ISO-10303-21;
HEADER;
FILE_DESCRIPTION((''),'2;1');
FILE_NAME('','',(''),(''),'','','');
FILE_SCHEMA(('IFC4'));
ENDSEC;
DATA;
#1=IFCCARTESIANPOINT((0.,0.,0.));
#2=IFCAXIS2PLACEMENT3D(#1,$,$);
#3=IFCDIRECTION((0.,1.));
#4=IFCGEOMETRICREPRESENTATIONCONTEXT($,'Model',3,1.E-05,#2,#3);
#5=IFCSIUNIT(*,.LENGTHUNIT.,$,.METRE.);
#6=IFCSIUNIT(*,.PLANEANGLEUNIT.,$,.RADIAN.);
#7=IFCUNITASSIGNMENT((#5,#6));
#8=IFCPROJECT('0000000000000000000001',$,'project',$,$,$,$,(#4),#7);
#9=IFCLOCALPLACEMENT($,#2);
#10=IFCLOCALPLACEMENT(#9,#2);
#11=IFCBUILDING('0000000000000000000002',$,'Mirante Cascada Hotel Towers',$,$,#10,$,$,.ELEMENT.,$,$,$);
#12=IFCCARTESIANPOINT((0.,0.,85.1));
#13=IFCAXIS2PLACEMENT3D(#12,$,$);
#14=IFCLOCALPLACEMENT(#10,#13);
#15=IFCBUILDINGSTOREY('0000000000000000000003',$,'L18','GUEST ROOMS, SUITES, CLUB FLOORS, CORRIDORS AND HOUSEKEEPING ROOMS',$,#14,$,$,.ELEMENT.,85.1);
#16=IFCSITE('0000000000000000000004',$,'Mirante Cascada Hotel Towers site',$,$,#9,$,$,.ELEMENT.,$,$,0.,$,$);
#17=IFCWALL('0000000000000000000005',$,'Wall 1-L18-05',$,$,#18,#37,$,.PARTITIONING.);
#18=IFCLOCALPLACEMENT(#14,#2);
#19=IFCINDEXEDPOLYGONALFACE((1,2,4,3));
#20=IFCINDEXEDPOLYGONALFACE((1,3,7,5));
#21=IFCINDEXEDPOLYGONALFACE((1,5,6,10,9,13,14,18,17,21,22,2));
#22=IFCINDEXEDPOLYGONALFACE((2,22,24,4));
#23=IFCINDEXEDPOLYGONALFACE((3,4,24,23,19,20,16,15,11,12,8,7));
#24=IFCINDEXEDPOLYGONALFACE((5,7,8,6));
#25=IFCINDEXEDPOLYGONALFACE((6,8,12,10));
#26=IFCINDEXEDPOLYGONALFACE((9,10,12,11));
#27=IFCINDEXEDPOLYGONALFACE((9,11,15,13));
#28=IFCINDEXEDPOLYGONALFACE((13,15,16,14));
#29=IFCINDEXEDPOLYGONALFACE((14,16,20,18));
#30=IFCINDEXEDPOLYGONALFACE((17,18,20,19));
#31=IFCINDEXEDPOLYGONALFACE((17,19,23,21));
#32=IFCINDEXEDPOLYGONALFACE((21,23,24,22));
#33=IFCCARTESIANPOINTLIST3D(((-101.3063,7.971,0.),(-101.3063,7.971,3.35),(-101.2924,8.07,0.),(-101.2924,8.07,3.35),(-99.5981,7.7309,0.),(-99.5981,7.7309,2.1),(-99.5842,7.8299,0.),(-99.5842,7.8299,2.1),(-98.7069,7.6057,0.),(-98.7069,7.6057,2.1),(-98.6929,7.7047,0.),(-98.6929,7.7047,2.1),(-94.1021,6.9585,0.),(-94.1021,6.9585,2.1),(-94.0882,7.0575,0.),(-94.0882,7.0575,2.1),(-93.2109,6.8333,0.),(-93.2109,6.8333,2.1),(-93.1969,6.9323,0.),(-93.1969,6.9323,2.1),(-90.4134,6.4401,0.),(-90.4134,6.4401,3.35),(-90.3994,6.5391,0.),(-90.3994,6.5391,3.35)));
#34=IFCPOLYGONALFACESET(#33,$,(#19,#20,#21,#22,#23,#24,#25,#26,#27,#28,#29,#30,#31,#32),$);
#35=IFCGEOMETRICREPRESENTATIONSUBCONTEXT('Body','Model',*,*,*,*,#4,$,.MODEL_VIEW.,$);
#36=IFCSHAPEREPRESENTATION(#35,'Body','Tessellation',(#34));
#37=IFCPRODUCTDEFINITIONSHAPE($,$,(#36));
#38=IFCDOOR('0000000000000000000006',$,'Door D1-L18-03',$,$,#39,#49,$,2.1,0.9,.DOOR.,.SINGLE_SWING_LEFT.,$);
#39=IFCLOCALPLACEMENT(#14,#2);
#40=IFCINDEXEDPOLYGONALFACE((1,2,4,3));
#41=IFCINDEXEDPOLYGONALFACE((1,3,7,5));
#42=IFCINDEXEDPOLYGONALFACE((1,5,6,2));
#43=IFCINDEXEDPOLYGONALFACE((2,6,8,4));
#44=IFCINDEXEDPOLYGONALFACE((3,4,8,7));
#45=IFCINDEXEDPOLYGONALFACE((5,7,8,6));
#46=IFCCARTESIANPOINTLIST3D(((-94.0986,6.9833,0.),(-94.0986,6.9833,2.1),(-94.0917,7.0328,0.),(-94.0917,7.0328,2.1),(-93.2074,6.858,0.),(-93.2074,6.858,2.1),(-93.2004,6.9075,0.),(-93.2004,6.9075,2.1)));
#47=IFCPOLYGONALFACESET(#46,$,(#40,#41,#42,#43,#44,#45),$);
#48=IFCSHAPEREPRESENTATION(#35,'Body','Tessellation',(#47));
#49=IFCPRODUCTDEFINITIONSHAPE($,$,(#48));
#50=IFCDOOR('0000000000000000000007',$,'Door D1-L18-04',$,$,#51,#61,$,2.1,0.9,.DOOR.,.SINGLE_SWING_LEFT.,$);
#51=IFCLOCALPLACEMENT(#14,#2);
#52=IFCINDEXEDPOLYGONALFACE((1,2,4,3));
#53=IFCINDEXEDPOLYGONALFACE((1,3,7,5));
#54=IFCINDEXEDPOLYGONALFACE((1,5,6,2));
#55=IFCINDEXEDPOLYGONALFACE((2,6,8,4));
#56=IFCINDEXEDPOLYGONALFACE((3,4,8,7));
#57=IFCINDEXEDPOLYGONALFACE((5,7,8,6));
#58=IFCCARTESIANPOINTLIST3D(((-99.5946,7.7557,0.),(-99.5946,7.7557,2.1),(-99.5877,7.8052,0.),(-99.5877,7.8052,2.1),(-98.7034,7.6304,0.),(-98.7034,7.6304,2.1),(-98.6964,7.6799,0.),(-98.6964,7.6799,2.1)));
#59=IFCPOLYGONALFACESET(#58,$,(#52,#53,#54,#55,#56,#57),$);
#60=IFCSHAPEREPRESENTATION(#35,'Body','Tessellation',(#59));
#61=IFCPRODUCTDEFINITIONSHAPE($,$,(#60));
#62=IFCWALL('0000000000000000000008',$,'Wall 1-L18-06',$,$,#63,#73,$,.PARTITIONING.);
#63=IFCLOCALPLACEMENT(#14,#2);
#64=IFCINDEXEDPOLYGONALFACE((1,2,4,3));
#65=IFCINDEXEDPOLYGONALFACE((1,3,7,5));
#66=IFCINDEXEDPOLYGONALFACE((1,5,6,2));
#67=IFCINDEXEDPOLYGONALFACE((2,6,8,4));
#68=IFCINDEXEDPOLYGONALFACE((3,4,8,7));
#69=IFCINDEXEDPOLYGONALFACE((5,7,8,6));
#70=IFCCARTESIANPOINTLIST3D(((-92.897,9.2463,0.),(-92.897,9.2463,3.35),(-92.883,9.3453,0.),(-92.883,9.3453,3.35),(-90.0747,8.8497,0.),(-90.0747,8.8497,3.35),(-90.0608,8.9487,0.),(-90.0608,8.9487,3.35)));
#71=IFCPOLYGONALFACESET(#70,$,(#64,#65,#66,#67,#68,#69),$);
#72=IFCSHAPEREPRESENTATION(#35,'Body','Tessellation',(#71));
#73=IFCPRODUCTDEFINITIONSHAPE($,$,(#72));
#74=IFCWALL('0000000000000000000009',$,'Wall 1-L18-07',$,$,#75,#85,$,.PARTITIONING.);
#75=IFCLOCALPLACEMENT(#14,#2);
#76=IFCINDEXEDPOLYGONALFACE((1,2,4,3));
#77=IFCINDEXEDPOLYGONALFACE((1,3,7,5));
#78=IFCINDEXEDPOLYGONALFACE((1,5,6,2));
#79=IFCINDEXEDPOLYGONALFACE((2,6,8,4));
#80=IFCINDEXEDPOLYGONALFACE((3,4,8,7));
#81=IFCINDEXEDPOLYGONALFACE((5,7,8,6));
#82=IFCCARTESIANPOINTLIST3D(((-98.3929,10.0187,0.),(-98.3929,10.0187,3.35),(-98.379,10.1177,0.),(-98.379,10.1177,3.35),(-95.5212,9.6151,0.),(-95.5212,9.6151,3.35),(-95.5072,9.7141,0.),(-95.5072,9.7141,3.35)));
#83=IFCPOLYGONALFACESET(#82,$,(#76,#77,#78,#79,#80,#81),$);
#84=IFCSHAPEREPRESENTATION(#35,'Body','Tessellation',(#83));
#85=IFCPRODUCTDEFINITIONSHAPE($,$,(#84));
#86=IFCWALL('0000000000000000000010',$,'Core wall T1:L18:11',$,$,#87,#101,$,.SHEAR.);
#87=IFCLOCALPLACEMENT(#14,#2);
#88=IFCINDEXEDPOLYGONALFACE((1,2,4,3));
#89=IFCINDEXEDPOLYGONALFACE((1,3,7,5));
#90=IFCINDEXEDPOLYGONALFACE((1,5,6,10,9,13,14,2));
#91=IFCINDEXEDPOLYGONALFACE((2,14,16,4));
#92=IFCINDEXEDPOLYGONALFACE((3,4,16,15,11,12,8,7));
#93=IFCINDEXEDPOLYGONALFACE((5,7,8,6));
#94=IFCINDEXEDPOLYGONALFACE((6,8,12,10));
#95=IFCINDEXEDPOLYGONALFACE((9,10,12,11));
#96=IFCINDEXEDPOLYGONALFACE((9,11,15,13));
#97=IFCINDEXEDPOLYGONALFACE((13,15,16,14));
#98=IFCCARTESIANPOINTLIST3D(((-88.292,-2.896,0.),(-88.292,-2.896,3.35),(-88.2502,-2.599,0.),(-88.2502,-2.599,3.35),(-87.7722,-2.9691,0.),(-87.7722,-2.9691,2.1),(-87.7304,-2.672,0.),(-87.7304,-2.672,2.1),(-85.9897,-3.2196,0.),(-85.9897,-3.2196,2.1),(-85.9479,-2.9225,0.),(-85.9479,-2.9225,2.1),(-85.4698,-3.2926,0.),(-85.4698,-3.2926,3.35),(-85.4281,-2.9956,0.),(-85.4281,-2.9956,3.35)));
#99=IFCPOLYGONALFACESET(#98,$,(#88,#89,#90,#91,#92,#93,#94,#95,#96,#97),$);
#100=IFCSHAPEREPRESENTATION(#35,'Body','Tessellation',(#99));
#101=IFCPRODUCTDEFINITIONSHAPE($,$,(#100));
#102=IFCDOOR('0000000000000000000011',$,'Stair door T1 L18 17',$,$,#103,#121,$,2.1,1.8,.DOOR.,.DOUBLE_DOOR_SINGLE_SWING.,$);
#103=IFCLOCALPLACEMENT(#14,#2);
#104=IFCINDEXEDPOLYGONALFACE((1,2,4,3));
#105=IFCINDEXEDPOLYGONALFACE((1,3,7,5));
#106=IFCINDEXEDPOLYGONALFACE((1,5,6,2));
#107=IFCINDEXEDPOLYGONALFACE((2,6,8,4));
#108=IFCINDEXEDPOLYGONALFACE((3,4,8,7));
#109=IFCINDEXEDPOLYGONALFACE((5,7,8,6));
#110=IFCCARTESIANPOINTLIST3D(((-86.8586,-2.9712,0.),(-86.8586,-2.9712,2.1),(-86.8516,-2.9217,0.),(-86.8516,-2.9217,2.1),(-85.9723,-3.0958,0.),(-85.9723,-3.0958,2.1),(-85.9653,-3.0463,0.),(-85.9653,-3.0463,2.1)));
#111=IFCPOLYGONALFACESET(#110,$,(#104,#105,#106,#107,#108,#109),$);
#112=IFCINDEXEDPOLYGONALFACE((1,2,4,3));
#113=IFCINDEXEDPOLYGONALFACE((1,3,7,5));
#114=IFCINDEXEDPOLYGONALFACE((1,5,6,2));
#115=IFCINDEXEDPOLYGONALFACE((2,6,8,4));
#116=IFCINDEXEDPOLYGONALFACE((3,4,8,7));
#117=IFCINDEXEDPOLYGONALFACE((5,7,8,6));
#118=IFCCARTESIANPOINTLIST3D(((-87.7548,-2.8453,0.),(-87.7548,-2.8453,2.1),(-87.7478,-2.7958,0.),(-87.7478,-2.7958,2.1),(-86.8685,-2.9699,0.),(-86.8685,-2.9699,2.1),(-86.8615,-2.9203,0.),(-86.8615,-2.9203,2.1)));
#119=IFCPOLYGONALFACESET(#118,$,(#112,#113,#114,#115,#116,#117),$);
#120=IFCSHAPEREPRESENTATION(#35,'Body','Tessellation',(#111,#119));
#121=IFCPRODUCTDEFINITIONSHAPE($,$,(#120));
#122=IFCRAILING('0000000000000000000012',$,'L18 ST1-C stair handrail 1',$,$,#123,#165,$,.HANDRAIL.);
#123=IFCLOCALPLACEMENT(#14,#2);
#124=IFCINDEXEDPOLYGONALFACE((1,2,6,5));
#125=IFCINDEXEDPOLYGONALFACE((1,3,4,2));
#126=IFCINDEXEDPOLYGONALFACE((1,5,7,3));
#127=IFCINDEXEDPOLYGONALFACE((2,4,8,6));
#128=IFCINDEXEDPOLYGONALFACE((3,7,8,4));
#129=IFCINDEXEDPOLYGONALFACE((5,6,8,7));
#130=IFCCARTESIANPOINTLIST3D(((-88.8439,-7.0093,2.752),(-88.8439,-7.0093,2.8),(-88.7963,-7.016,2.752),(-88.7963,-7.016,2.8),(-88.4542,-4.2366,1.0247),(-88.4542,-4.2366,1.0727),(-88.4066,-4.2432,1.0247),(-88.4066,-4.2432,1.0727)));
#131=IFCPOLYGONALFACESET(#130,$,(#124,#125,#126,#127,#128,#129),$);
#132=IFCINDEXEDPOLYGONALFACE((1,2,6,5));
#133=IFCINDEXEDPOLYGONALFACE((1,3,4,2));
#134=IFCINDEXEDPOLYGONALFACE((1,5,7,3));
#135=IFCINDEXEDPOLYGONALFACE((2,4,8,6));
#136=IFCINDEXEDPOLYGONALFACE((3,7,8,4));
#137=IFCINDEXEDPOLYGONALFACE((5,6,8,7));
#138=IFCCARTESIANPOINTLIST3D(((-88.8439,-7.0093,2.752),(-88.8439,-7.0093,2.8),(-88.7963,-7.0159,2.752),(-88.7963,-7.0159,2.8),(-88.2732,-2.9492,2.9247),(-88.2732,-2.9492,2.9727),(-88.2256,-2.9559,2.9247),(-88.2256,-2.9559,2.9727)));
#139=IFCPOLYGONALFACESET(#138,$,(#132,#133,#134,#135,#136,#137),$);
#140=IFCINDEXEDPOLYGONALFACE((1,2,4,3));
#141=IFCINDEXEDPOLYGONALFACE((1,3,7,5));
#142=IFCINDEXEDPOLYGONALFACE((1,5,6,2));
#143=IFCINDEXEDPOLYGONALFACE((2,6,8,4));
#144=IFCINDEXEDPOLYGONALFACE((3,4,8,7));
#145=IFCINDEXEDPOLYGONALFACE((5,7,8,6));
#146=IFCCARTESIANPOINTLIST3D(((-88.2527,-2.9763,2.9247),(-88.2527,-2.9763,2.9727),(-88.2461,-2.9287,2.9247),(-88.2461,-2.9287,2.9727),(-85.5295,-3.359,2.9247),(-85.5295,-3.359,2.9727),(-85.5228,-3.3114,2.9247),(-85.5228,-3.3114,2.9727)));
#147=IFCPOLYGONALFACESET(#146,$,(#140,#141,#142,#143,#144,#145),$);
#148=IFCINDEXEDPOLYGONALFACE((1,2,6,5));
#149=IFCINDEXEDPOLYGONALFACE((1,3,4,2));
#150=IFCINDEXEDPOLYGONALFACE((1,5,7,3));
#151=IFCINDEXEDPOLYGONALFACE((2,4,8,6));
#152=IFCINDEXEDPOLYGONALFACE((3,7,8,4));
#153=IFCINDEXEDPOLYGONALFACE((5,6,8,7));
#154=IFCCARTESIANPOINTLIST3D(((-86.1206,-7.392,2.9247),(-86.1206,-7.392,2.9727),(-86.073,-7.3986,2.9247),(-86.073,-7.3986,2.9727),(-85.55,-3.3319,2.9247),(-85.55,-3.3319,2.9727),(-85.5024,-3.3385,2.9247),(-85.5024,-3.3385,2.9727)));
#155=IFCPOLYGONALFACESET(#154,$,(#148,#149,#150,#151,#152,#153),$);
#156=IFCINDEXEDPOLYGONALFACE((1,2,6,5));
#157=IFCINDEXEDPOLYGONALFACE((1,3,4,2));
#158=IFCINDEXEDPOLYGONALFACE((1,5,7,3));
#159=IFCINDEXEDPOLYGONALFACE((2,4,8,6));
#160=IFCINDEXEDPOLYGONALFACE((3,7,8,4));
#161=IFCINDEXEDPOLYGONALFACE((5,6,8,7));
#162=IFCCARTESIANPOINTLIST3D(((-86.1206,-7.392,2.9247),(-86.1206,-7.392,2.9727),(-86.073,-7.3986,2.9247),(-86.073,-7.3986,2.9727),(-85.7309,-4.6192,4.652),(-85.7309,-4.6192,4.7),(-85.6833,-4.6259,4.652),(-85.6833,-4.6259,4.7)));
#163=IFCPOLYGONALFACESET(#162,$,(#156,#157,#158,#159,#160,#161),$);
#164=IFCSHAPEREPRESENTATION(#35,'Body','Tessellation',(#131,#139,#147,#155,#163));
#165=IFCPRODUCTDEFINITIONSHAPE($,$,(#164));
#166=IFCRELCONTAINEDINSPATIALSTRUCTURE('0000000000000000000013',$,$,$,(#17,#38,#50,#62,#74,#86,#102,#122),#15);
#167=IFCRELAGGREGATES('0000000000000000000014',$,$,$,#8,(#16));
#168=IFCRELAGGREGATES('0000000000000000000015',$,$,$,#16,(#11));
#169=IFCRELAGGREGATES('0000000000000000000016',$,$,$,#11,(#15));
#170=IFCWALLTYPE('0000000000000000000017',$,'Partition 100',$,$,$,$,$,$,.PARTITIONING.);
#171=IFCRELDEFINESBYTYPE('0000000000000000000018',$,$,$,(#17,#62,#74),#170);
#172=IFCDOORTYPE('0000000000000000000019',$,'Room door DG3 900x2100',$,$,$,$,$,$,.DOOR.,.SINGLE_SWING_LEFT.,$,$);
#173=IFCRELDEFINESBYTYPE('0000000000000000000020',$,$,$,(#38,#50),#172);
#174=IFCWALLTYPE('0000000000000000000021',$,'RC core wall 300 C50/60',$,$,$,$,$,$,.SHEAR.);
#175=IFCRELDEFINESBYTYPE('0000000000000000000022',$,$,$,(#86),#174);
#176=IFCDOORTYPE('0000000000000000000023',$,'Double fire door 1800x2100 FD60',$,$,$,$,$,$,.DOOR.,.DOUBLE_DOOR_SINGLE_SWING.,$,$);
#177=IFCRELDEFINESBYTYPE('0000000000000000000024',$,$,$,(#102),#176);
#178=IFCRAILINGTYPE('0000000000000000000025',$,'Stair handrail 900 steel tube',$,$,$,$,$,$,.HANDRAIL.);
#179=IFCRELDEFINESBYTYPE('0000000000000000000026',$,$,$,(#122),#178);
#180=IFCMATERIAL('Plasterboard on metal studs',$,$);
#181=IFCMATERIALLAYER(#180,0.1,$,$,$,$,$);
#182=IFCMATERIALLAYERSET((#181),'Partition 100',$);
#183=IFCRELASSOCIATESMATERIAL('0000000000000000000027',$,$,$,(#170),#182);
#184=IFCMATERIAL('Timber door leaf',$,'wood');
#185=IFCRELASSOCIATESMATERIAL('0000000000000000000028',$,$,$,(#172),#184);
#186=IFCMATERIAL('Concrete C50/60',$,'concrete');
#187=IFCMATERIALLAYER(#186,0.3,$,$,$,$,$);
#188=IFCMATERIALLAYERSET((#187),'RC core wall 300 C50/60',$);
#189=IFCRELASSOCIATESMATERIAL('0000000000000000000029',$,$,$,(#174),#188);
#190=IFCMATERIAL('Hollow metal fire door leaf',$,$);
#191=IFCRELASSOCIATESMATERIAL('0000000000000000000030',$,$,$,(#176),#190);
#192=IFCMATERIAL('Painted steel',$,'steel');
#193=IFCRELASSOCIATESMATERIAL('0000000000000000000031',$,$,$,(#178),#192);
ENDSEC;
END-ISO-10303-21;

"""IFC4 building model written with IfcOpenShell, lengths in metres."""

from ifc_helpers import new_model, si_unit, direction, frame, frame_2d, origin, origin_2d, place, context, subcontext, project, spatial, rectangle, extrude, material, layer, layer_set, type_object, element, fill, save


model = new_model("IFC4")

# Units and contexts
model_context = context("Model", 3, precision=1e-05, world=origin(), true_north=direction((0.0, 1.0)))
body_context = subcontext(model_context, "Body", "Model", "MODEL_VIEW")
ifc_project = project(units=[si_unit("LENGTHUNIT", "METRE"), si_unit("PLANEANGLEUNIT", "RADIAN")], contexts=[model_context])

# Site, building, storey
site_placement = place(None, origin())
site = spatial("IfcSite", under=ifc_project, at=site_placement, Name="Mirante Cascada Hotel Towers site", CompositionType="ELEMENT", RefElevation=0.0)
building_placement = place(site_placement, origin())
building = spatial("IfcBuilding", under=site, at=building_placement, Name="Mirante Cascada Hotel Towers", CompositionType="ELEMENT")
storey_placement = place(building_placement, frame((0.0, 0.0, 85.1)))
storey = spatial("IfcBuildingStorey", under=building, at=storey_placement, Name="L18", Description="GUEST ROOMS, SUITES, CLUB FLOORS, CORRIDORS AND HOUSEKEEPING ROOMS", CompositionType="ELEMENT", Elevation=85.1)

# Wall, openings, doors
ifc_material_1 = material(Name="Plasterboard on metal studs")
ifc_layer_1 = layer(ifc_material_1, 0.1)
ifc_layer_set_1 = layer_set([ifc_layer_1], Name="Partition 100")
wall_type_1 = type_object("IfcWallType", Name="Partition 100", PredefinedType="PARTITIONING", material=ifc_layer_set_1)
wall_1_placement = place(storey_placement, frame((-90.4064, 6.4896, 0.0), z_axis=(0.0, 0.0, 1.0), x_axis=(-0.990268, 0.139173, 0.0)))
wall_1 = element("IfcWall", 1, at=wall_1_placement, inside=storey, type_object=wall_type_1, Name="Wall 1-L18-05", PredefinedType="PARTITIONING", context=body_context, shape_type="SweptSolid", body=[
    extrude(rectangle(XDim=11.0, YDim=0.1, at=frame_2d((5.5, 0.0))), origin(), (0.0, 0.0, 1.0), 3.35),
])
opening_1_placement = place(wall_1_placement, frame((2.825, 0.0, 0.0)))
opening_1 = element("IfcOpeningElement", 2, at=opening_1_placement, cuts=wall_1, PredefinedType="OPENING", context=body_context, shape_type="SweptSolid", body=[
    extrude(rectangle(XDim=0.9, YDim=2.1, at=frame_2d((0.45, 1.05))), frame((0.0, 0.05, 0.0), z_axis=(0.0, -1.0, 0.0), x_axis=(1.0, 0.0, 0.0)), (0.0, 0.0, 1.0), 0.1),
])
opening_2_placement = place(wall_1_placement, frame((8.375, 0.0, 0.0)))
opening_2 = element("IfcOpeningElement", 3, at=opening_2_placement, cuts=wall_1, PredefinedType="OPENING", context=body_context, shape_type="SweptSolid", body=[
    extrude(rectangle(XDim=0.9, YDim=2.1, at=frame_2d((0.45, 1.05))), frame((0.0, 0.05, 0.0), z_axis=(0.0, -1.0, 0.0), x_axis=(1.0, 0.0, 0.0)), (0.0, 0.0, 1.0), 0.1),
])
ifc_material_2 = material(Name="Timber door leaf", Category="wood")
door_type_1 = type_object("IfcDoorType", Name="Room door DG3 900x2100", OperationType="SINGLE_SWING_LEFT", PredefinedType="DOOR", material=ifc_material_2)
door_1_placement = place(opening_1_placement, origin())
door_1 = element("IfcDoor", 4, at=door_1_placement, inside=storey, type_object=door_type_1, Name="Door D1-L18-03", OperationType="SINGLE_SWING_LEFT", OverallHeight=2.1, OverallWidth=0.9, PredefinedType="DOOR", context=body_context, shape_type="SweptSolid", body=[
    extrude(rectangle(XDim=0.9, YDim=2.1, at=frame_2d((0.45, 1.05))), frame((0.0, 0.025, 0.0), z_axis=(0.0, -1.0, 0.0), x_axis=(1.0, 0.0, 0.0)), (0.0, 0.0, 1.0), 0.05),
])
fill(opening_1, door_1)
door_2_placement = place(opening_2_placement, origin())
door_2 = element("IfcDoor", 5, at=door_2_placement, inside=storey, type_object=door_type_1, Name="Door D1-L18-04", OperationType="SINGLE_SWING_LEFT", OverallHeight=2.1, OverallWidth=0.9, PredefinedType="DOOR", context=body_context, shape_type="SweptSolid", body=[
    extrude(rectangle(XDim=0.9, YDim=2.1, at=frame_2d((0.45, 1.05))), frame((0.0, 0.025, 0.0), z_axis=(0.0, -1.0, 0.0), x_axis=(1.0, 0.0, 0.0)), (0.0, 0.0, 1.0), 0.05),
])
fill(opening_2, door_2)

# Walls
wall_2_placement = place(storey_placement, frame((-92.89, 9.2958, 0.0), z_axis=(0.0, 0.0, 1.0), x_axis=(0.99027, -0.139156, 0.0)))
element("IfcWall", 6, at=wall_2_placement, inside=storey, type_object=wall_type_1, Name="Wall 1-L18-06", PredefinedType="PARTITIONING", context=body_context, shape_type="SweptSolid", body=[
    extrude(rectangle(XDim=2.85, YDim=0.1, at=frame_2d((1.425, 0.0))), origin(), (0.0, 0.0, 1.0), 3.35),
])
wall_3_placement = place(storey_placement, frame((-95.5142, 9.6646, 0.0), z_axis=(0.0, 0.0, 1.0), x_axis=(-0.990268, 0.139171, 0.0)))
element("IfcWall", 7, at=wall_3_placement, inside=storey, type_object=wall_type_1, Name="Wall 1-L18-07", PredefinedType="PARTITIONING", context=body_context, shape_type="SweptSolid", body=[
    extrude(rectangle(XDim=2.9, YDim=0.1, at=frame_2d((1.45, 0.0))), origin(), (0.0, 0.0, 1.0), 3.35),
])

# Wall, opening, door
ifc_material_3 = material(Name="Concrete C50/60", Category="concrete")
ifc_layer_2 = layer(ifc_material_3, 0.3)
ifc_layer_set_2 = layer_set([ifc_layer_2], Name="RC core wall 300 C50/60")
wall_type_2 = type_object("IfcWallType", Name="RC core wall 300 C50/60", PredefinedType="SHEAR", material=ifc_layer_set_2)
wall_4_placement = place(storey_placement, frame((-85.4489, -3.1441, 0.0), z_axis=(0.0, 0.0, 1.0), x_axis=(-0.99027, 0.139161, 0.0)))
wall_4 = element("IfcWall", 8, at=wall_4_placement, inside=storey, type_object=wall_type_2, Name="Core wall T1:L18:11", PredefinedType="SHEAR", context=body_context, shape_type="SweptSolid", body=[
    extrude(rectangle(XDim=2.8499, YDim=0.3, at=frame_2d((1.425, 0.0))), origin(), (0.0, 0.0, 1.0), 3.35),
])
opening_3_placement = place(wall_4_placement, frame((0.525, 0.0, 0.0)))
opening_3 = element("IfcOpeningElement", 9, at=opening_3_placement, cuts=wall_4, PredefinedType="OPENING", context=body_context, shape_type="SweptSolid", body=[
    extrude(rectangle(XDim=1.8, YDim=2.1, at=frame_2d((0.9, 1.05))), frame((0.0, 0.15, 0.0), z_axis=(0.0, -1.0, 0.0), x_axis=(1.0, 0.0, 0.0)), (0.0, 0.0, 1.0), 0.3),
])
ifc_material_4 = material(Name="Hollow metal fire door leaf")
door_type_2 = type_object("IfcDoorType", Name="Double fire door 1800x2100 FD60", OperationType="DOUBLE_DOOR_SINGLE_SWING", PredefinedType="DOOR", material=ifc_material_4)
door_3_placement = place(opening_3_placement, origin())
door_3 = element("IfcDoor", 10, at=door_3_placement, inside=storey, type_object=door_type_2, Name="Stair door T1 L18 17", OperationType="DOUBLE_DOOR_SINGLE_SWING", OverallHeight=2.1, OverallWidth=1.8, PredefinedType="DOOR", context=body_context, shape_type="SweptSolid", body=[
    extrude(rectangle(XDim=0.895, YDim=2.1, at=frame_2d((0.4475, 1.05))), frame((0.0, 0.025, 0.0), z_axis=(0.0, -1.0, 0.0), x_axis=(1.0, 0.0, 0.0)), (0.0, 0.0, 1.0), 0.05),
    extrude(rectangle(XDim=0.895, YDim=2.1, at=frame_2d((1.3525, 1.05))), frame((0.0, 0.025, 0.0), z_axis=(0.0, -1.0, 0.0), x_axis=(1.0, 0.0, 0.0)), (0.0, 0.0, 1.0), 0.05),
])
fill(opening_3, door_3)

# Railing
ifc_material_5 = material(Name="Painted steel", Category="steel")
railing_type = type_object("IfcRailingType", Name="Stair handrail 900 steel tube", PredefinedType="HANDRAIL", material=ifc_material_5)
railing_placement = place(storey_placement, frame((-88.4304, -4.2399, 0.1727)))
element("IfcRailing", 11, at=railing_placement, inside=storey, type_object=railing_type, Name="L18 ST1-C stair handrail 1", PredefinedType="HANDRAIL", context=body_context, shape_type="SweptSolid", body=[
    extrude(rectangle(XDim=0.048, YDim=0.048, at=origin_2d()), frame((0.0, 0.0, 0.876), z_axis=(-0.139181, -0.990267, 0.0), x_axis=(0.990267, -0.139181, 0.0)), (0.0, 0.525035, 0.851081), 3.2899),
    extrude(rectangle(XDim=0.048, YDim=0.048, at=origin_2d()), frame((-0.3897, -2.7727, 2.6033), z_axis=(0.139195, 0.990265, 0.0), x_axis=(-0.990265, 0.139195, 0.0)), (0.0, 0.042084, 0.999114), 4.1036),
    extrude(rectangle(XDim=0.048, YDim=0.048, at=origin_2d()), frame((0.181, 1.2874, 2.776), z_axis=(0.990269, -0.139166, 0.0), x_axis=(0.139166, 0.990269, 0.0)), (0.0, 0.0, 1.0), 2.75),
    extrude(rectangle(XDim=0.048, YDim=0.048, at=origin_2d()), frame((2.9042, 0.9047, 2.776), z_axis=(-0.139171, -0.990268, 0.0), x_axis=(0.990268, -0.139171, 0.0)), (0.0, 0.0, 1.0), 4.1),
    extrude(rectangle(XDim=0.048, YDim=0.048, at=origin_2d()), frame((2.3336, -3.1554, 2.776), z_axis=(0.139181, 0.990267, 0.0), x_axis=(-0.990267, 0.139181, 0.0)), (0.0, 0.525035, 0.851081), 3.2899),
])

save(model, "model.ifc")
